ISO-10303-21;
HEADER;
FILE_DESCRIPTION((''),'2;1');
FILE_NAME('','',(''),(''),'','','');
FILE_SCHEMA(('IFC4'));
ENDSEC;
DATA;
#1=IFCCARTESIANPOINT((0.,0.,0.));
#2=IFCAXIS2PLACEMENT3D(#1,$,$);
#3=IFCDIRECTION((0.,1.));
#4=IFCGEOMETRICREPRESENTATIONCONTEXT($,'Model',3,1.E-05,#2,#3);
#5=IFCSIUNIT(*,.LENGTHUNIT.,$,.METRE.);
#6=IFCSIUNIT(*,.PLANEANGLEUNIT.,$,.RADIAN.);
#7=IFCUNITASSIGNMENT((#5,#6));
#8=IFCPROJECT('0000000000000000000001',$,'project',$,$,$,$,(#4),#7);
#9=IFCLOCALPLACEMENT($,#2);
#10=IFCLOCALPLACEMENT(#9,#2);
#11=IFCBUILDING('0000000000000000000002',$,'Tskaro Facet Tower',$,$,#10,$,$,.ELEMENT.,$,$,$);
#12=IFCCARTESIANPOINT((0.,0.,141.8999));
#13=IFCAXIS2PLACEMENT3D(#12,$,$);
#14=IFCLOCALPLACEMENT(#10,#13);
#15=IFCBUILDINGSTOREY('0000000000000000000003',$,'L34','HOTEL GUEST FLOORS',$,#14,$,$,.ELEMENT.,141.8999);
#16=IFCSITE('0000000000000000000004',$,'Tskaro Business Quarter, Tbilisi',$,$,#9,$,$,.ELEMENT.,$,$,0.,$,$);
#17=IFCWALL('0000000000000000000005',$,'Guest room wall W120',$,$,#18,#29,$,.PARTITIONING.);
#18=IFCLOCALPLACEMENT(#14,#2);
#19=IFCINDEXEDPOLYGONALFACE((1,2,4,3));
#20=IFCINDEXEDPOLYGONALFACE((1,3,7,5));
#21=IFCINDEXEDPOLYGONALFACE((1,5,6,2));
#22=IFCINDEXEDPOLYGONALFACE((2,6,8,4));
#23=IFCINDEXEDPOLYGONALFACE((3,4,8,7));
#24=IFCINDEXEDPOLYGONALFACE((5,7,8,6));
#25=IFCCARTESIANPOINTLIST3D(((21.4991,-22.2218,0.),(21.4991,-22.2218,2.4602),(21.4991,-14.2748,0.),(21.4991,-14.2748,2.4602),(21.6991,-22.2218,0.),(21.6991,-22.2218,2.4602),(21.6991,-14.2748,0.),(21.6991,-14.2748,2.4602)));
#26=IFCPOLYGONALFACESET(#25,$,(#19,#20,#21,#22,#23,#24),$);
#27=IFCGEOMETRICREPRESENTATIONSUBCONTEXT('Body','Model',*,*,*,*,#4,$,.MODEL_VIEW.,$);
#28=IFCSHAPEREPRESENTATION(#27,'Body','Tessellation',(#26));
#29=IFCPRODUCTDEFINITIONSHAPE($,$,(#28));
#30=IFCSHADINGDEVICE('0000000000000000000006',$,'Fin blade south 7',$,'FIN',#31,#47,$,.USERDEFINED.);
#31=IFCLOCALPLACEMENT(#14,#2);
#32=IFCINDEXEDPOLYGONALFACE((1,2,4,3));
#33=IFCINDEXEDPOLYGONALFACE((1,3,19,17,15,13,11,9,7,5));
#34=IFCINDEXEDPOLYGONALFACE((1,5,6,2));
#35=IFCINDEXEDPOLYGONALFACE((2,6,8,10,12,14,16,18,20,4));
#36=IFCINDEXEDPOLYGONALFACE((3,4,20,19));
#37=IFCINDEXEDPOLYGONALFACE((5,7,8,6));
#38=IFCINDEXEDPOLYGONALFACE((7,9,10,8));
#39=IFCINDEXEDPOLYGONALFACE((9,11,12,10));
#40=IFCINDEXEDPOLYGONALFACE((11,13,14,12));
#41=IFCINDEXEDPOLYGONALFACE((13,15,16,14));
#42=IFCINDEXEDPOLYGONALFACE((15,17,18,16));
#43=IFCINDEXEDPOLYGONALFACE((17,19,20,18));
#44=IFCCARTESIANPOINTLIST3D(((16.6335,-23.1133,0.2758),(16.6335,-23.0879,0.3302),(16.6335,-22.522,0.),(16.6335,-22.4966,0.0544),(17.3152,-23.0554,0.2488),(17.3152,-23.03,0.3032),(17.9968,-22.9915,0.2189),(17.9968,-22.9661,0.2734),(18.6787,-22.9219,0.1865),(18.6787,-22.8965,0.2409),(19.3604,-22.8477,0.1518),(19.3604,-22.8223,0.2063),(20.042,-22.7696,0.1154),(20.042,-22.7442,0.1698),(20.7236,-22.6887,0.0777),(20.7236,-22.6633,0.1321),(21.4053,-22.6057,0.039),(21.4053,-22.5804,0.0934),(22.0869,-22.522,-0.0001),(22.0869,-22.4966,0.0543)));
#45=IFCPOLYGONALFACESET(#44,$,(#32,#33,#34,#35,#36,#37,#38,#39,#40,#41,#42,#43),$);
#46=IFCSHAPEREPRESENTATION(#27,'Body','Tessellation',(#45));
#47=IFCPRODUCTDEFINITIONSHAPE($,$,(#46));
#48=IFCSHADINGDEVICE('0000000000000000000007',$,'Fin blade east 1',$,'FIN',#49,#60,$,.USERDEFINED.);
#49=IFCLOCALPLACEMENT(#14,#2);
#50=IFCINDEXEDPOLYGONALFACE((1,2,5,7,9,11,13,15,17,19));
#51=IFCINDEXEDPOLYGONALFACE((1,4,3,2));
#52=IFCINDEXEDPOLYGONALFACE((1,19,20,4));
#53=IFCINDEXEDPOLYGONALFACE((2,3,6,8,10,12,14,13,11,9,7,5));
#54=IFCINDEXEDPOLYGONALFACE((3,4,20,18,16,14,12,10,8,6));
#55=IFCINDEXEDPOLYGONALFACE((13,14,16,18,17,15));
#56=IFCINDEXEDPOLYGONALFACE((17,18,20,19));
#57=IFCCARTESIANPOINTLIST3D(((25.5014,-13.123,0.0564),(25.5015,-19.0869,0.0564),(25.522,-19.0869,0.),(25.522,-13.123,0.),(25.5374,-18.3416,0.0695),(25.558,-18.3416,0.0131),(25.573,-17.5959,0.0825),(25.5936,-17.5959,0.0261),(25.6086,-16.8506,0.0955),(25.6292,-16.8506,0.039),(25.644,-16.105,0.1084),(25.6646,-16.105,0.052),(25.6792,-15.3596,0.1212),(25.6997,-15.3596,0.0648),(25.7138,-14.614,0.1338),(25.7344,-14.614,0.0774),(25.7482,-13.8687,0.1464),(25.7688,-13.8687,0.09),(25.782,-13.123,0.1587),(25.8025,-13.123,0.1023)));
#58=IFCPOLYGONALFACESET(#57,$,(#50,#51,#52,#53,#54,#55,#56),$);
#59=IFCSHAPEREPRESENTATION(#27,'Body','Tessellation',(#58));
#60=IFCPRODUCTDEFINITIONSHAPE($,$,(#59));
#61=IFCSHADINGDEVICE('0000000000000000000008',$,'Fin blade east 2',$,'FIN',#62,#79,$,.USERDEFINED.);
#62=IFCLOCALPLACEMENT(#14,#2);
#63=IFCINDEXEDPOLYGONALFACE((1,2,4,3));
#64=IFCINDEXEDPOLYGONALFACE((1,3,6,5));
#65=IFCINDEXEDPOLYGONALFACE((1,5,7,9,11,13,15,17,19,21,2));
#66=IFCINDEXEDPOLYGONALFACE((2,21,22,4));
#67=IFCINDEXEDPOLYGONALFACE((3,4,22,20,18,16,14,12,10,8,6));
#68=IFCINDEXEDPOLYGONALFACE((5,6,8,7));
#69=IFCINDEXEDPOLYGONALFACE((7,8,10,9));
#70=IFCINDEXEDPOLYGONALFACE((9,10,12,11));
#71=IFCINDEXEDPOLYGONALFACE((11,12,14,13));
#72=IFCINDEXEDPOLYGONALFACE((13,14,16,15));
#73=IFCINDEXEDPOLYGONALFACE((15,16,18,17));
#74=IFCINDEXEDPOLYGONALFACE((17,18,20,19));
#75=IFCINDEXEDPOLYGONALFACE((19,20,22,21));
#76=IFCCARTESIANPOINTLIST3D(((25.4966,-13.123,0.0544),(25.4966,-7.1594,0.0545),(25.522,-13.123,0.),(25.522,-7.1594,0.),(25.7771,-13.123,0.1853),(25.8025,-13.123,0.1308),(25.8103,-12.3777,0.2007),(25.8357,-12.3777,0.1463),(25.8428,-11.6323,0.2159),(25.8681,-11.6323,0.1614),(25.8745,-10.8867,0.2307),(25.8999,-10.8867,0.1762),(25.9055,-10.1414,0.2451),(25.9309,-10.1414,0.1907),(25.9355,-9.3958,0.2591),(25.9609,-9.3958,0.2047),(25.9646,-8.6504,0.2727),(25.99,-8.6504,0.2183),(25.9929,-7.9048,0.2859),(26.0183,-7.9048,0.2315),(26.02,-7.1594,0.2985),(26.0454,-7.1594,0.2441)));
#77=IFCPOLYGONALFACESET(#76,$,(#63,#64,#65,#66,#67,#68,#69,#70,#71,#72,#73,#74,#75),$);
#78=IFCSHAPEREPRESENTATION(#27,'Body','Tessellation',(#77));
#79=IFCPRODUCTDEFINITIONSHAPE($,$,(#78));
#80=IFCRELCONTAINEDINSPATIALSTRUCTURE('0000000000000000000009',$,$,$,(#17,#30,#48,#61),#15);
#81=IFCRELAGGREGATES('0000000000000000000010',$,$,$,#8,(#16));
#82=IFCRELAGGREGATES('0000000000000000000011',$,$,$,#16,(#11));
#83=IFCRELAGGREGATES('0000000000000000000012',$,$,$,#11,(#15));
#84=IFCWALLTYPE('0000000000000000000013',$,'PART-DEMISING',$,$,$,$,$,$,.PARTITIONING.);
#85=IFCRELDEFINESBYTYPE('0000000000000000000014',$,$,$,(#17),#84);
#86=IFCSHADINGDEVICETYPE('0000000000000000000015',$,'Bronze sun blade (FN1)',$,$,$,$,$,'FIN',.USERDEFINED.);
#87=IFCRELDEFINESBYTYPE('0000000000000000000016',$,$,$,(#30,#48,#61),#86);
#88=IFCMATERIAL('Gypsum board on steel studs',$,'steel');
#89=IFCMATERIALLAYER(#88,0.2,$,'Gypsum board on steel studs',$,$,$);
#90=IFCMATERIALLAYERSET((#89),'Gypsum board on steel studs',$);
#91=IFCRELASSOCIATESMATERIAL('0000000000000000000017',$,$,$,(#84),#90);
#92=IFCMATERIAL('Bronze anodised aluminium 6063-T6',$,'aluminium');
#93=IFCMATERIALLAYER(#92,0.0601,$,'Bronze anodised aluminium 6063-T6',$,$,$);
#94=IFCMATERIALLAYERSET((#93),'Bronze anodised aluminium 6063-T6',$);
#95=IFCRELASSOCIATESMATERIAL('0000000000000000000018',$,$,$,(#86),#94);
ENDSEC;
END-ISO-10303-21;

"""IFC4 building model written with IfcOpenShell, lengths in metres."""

from ifc_helpers import new_model, si_unit, direction, frame, frame_2d, origin, place, context, subcontext, project, spatial, polyline, rectangle, outline, extrude, material, layer, layer_set, type_object, element, save


model = new_model("IFC4")

# Units and contexts
model_context = context("Model", 3, precision=1e-05, world=origin(), true_north=direction((0.0, 1.0)))
body_context = subcontext(model_context, "Body", "Model", "MODEL_VIEW")
ifc_project = project(units=[si_unit("LENGTHUNIT", "METRE"), si_unit("PLANEANGLEUNIT", "RADIAN")], contexts=[model_context])

# Site, building, storey
site_placement = place(None, origin())
site = spatial("IfcSite", under=ifc_project, at=site_placement, Name="Tskaro Business Quarter, Tbilisi", CompositionType="ELEMENT", RefElevation=0.0)
building_placement = place(site_placement, origin())
building = spatial("IfcBuilding", under=site, at=building_placement, Name="Tskaro Facet Tower", CompositionType="ELEMENT")
storey_placement = place(building_placement, frame((0.0, 0.0, 141.8999)))
storey = spatial("IfcBuildingStorey", under=building, at=storey_placement, Name="L34", Description="HOTEL GUEST FLOORS", CompositionType="ELEMENT", Elevation=141.8999)

# Shared definitions
ifc_material_1 = material(Name="Bronze anodised aluminium 6063-T6", Category="aluminium")

# Shared definitions
ifc_material_2 = material(Name="Gypsum board on steel studs", Category="steel")

# Wall
ifc_layer_1 = layer(ifc_material_2, 0.2, Name="Gypsum board on steel studs")
ifc_layer_set_1 = layer_set([ifc_layer_1], Name="Gypsum board on steel studs")
wall_type_1 = type_object("IfcWallType", Name="PART-DEMISING", PredefinedType="PARTITIONING", material=ifc_layer_set_1)
wall_1_placement = place(storey_placement, frame((21.5991, -22.2219, 0.0), z_axis=(0.0, 0.0, 1.0), x_axis=(0.0, 1.0, 0.0)))
element("IfcWall", 1, at=wall_1_placement, inside=storey, type_object=wall_type_1, Name="Guest room wall W120", PredefinedType="PARTITIONING", context=body_context, shape_type="SweptSolid", body=[
    extrude(rectangle(XDim=7.947, YDim=0.2, at=frame_2d((3.9736, 0.0))), origin(), (0.0, 0.0, 1.0), 2.4602),
])

# Shading devices
ifc_layer_2 = layer(ifc_material_1, 0.0601, Name="Bronze anodised aluminium 6063-T6")
ifc_layer_set_2 = layer_set([ifc_layer_2], Name="Bronze anodised aluminium 6063-T6")
shading_device_type = type_object("IfcShadingDeviceType", Name="Bronze sun blade (FN1)", ElementType="FIN", PredefinedType="USERDEFINED", material=ifc_layer_set_2)
shading_device_1_placement = place(storey_placement, frame((16.6335, -22.4966, 0.0544), z_axis=(0.000019, 0.42266, 0.906288), x_axis=(1.0, -0.000008, -0.000017)))
element("IfcShadingDevice", 2, at=shading_device_1_placement, inside=storey, type_object=shading_device_type, Name="Fin blade south 7", ObjectType="FIN", PredefinedType="USERDEFINED", context=body_context, shape_type="SweptSolid", body=[
    extrude(outline(polyline([(0.0, 0.0), (5.4534, 0.0), (4.7717, -0.0924), (4.0901, -0.1839), (3.4084, -0.2732), (2.7268, -0.3593), (2.0452, -0.4413), (1.3633, -0.518), (0.6816, -0.5886), (0.0, -0.6525), (0.0, 0.0)])), origin(), (0.0, 0.0, -1.0), 0.0601),
])
shading_device_2_placement = place(storey_placement, frame((25.5015, -19.0869, 0.0564), z_axis=(-0.342433, -0.000008, 0.939542), x_axis=(-0.000003, 1.0, 0.000008)))
element("IfcShadingDevice", 3, at=shading_device_2_placement, inside=storey, type_object=shading_device_type, Name="Fin blade east 1", ObjectType="FIN", PredefinedType="USERDEFINED", context=body_context, shape_type="SweptSolid", body=[
    extrude(outline(polyline([(0.0, 0.0), (5.9639, 0.0), (5.9639, -0.2986), (5.2183, -0.2627), (4.4729, -0.2261), (3.7273, -0.1891), (2.9819, -0.1518), (2.2363, -0.1141), (1.491, -0.0762), (0.7454, -0.0382), (0.0, 0.0)])), origin(), (0.0, 0.0, -1.0), 0.0601),
])
shading_device_3_placement = place(storey_placement, frame((25.4966, -13.123, 0.0544), z_axis=(-0.422593, -0.000004, 0.90632), x_axis=(-0.000002, 1.0, 0.000004)))
element("IfcShadingDevice", 4, at=shading_device_3_placement, inside=storey, type_object=shading_device_type, Name="Fin blade east 2", ObjectType="FIN", PredefinedType="USERDEFINED", context=body_context, shape_type="SweptSolid", body=[
    extrude(outline(polyline([(0.0, 0.0), (5.9636, 0.0), (5.9636, -0.5776), (5.2183, -0.5476), (4.4727, -0.5164), (3.7273, -0.4843), (2.9817, -0.4512), (2.2363, -0.417), (1.4907, -0.382), (0.7454, -0.3461), (0.0, -0.3095), (0.0, 0.0)])), origin(), (0.0, 0.0, -1.0), 0.0601),
])

save(model, "model.ifc")
